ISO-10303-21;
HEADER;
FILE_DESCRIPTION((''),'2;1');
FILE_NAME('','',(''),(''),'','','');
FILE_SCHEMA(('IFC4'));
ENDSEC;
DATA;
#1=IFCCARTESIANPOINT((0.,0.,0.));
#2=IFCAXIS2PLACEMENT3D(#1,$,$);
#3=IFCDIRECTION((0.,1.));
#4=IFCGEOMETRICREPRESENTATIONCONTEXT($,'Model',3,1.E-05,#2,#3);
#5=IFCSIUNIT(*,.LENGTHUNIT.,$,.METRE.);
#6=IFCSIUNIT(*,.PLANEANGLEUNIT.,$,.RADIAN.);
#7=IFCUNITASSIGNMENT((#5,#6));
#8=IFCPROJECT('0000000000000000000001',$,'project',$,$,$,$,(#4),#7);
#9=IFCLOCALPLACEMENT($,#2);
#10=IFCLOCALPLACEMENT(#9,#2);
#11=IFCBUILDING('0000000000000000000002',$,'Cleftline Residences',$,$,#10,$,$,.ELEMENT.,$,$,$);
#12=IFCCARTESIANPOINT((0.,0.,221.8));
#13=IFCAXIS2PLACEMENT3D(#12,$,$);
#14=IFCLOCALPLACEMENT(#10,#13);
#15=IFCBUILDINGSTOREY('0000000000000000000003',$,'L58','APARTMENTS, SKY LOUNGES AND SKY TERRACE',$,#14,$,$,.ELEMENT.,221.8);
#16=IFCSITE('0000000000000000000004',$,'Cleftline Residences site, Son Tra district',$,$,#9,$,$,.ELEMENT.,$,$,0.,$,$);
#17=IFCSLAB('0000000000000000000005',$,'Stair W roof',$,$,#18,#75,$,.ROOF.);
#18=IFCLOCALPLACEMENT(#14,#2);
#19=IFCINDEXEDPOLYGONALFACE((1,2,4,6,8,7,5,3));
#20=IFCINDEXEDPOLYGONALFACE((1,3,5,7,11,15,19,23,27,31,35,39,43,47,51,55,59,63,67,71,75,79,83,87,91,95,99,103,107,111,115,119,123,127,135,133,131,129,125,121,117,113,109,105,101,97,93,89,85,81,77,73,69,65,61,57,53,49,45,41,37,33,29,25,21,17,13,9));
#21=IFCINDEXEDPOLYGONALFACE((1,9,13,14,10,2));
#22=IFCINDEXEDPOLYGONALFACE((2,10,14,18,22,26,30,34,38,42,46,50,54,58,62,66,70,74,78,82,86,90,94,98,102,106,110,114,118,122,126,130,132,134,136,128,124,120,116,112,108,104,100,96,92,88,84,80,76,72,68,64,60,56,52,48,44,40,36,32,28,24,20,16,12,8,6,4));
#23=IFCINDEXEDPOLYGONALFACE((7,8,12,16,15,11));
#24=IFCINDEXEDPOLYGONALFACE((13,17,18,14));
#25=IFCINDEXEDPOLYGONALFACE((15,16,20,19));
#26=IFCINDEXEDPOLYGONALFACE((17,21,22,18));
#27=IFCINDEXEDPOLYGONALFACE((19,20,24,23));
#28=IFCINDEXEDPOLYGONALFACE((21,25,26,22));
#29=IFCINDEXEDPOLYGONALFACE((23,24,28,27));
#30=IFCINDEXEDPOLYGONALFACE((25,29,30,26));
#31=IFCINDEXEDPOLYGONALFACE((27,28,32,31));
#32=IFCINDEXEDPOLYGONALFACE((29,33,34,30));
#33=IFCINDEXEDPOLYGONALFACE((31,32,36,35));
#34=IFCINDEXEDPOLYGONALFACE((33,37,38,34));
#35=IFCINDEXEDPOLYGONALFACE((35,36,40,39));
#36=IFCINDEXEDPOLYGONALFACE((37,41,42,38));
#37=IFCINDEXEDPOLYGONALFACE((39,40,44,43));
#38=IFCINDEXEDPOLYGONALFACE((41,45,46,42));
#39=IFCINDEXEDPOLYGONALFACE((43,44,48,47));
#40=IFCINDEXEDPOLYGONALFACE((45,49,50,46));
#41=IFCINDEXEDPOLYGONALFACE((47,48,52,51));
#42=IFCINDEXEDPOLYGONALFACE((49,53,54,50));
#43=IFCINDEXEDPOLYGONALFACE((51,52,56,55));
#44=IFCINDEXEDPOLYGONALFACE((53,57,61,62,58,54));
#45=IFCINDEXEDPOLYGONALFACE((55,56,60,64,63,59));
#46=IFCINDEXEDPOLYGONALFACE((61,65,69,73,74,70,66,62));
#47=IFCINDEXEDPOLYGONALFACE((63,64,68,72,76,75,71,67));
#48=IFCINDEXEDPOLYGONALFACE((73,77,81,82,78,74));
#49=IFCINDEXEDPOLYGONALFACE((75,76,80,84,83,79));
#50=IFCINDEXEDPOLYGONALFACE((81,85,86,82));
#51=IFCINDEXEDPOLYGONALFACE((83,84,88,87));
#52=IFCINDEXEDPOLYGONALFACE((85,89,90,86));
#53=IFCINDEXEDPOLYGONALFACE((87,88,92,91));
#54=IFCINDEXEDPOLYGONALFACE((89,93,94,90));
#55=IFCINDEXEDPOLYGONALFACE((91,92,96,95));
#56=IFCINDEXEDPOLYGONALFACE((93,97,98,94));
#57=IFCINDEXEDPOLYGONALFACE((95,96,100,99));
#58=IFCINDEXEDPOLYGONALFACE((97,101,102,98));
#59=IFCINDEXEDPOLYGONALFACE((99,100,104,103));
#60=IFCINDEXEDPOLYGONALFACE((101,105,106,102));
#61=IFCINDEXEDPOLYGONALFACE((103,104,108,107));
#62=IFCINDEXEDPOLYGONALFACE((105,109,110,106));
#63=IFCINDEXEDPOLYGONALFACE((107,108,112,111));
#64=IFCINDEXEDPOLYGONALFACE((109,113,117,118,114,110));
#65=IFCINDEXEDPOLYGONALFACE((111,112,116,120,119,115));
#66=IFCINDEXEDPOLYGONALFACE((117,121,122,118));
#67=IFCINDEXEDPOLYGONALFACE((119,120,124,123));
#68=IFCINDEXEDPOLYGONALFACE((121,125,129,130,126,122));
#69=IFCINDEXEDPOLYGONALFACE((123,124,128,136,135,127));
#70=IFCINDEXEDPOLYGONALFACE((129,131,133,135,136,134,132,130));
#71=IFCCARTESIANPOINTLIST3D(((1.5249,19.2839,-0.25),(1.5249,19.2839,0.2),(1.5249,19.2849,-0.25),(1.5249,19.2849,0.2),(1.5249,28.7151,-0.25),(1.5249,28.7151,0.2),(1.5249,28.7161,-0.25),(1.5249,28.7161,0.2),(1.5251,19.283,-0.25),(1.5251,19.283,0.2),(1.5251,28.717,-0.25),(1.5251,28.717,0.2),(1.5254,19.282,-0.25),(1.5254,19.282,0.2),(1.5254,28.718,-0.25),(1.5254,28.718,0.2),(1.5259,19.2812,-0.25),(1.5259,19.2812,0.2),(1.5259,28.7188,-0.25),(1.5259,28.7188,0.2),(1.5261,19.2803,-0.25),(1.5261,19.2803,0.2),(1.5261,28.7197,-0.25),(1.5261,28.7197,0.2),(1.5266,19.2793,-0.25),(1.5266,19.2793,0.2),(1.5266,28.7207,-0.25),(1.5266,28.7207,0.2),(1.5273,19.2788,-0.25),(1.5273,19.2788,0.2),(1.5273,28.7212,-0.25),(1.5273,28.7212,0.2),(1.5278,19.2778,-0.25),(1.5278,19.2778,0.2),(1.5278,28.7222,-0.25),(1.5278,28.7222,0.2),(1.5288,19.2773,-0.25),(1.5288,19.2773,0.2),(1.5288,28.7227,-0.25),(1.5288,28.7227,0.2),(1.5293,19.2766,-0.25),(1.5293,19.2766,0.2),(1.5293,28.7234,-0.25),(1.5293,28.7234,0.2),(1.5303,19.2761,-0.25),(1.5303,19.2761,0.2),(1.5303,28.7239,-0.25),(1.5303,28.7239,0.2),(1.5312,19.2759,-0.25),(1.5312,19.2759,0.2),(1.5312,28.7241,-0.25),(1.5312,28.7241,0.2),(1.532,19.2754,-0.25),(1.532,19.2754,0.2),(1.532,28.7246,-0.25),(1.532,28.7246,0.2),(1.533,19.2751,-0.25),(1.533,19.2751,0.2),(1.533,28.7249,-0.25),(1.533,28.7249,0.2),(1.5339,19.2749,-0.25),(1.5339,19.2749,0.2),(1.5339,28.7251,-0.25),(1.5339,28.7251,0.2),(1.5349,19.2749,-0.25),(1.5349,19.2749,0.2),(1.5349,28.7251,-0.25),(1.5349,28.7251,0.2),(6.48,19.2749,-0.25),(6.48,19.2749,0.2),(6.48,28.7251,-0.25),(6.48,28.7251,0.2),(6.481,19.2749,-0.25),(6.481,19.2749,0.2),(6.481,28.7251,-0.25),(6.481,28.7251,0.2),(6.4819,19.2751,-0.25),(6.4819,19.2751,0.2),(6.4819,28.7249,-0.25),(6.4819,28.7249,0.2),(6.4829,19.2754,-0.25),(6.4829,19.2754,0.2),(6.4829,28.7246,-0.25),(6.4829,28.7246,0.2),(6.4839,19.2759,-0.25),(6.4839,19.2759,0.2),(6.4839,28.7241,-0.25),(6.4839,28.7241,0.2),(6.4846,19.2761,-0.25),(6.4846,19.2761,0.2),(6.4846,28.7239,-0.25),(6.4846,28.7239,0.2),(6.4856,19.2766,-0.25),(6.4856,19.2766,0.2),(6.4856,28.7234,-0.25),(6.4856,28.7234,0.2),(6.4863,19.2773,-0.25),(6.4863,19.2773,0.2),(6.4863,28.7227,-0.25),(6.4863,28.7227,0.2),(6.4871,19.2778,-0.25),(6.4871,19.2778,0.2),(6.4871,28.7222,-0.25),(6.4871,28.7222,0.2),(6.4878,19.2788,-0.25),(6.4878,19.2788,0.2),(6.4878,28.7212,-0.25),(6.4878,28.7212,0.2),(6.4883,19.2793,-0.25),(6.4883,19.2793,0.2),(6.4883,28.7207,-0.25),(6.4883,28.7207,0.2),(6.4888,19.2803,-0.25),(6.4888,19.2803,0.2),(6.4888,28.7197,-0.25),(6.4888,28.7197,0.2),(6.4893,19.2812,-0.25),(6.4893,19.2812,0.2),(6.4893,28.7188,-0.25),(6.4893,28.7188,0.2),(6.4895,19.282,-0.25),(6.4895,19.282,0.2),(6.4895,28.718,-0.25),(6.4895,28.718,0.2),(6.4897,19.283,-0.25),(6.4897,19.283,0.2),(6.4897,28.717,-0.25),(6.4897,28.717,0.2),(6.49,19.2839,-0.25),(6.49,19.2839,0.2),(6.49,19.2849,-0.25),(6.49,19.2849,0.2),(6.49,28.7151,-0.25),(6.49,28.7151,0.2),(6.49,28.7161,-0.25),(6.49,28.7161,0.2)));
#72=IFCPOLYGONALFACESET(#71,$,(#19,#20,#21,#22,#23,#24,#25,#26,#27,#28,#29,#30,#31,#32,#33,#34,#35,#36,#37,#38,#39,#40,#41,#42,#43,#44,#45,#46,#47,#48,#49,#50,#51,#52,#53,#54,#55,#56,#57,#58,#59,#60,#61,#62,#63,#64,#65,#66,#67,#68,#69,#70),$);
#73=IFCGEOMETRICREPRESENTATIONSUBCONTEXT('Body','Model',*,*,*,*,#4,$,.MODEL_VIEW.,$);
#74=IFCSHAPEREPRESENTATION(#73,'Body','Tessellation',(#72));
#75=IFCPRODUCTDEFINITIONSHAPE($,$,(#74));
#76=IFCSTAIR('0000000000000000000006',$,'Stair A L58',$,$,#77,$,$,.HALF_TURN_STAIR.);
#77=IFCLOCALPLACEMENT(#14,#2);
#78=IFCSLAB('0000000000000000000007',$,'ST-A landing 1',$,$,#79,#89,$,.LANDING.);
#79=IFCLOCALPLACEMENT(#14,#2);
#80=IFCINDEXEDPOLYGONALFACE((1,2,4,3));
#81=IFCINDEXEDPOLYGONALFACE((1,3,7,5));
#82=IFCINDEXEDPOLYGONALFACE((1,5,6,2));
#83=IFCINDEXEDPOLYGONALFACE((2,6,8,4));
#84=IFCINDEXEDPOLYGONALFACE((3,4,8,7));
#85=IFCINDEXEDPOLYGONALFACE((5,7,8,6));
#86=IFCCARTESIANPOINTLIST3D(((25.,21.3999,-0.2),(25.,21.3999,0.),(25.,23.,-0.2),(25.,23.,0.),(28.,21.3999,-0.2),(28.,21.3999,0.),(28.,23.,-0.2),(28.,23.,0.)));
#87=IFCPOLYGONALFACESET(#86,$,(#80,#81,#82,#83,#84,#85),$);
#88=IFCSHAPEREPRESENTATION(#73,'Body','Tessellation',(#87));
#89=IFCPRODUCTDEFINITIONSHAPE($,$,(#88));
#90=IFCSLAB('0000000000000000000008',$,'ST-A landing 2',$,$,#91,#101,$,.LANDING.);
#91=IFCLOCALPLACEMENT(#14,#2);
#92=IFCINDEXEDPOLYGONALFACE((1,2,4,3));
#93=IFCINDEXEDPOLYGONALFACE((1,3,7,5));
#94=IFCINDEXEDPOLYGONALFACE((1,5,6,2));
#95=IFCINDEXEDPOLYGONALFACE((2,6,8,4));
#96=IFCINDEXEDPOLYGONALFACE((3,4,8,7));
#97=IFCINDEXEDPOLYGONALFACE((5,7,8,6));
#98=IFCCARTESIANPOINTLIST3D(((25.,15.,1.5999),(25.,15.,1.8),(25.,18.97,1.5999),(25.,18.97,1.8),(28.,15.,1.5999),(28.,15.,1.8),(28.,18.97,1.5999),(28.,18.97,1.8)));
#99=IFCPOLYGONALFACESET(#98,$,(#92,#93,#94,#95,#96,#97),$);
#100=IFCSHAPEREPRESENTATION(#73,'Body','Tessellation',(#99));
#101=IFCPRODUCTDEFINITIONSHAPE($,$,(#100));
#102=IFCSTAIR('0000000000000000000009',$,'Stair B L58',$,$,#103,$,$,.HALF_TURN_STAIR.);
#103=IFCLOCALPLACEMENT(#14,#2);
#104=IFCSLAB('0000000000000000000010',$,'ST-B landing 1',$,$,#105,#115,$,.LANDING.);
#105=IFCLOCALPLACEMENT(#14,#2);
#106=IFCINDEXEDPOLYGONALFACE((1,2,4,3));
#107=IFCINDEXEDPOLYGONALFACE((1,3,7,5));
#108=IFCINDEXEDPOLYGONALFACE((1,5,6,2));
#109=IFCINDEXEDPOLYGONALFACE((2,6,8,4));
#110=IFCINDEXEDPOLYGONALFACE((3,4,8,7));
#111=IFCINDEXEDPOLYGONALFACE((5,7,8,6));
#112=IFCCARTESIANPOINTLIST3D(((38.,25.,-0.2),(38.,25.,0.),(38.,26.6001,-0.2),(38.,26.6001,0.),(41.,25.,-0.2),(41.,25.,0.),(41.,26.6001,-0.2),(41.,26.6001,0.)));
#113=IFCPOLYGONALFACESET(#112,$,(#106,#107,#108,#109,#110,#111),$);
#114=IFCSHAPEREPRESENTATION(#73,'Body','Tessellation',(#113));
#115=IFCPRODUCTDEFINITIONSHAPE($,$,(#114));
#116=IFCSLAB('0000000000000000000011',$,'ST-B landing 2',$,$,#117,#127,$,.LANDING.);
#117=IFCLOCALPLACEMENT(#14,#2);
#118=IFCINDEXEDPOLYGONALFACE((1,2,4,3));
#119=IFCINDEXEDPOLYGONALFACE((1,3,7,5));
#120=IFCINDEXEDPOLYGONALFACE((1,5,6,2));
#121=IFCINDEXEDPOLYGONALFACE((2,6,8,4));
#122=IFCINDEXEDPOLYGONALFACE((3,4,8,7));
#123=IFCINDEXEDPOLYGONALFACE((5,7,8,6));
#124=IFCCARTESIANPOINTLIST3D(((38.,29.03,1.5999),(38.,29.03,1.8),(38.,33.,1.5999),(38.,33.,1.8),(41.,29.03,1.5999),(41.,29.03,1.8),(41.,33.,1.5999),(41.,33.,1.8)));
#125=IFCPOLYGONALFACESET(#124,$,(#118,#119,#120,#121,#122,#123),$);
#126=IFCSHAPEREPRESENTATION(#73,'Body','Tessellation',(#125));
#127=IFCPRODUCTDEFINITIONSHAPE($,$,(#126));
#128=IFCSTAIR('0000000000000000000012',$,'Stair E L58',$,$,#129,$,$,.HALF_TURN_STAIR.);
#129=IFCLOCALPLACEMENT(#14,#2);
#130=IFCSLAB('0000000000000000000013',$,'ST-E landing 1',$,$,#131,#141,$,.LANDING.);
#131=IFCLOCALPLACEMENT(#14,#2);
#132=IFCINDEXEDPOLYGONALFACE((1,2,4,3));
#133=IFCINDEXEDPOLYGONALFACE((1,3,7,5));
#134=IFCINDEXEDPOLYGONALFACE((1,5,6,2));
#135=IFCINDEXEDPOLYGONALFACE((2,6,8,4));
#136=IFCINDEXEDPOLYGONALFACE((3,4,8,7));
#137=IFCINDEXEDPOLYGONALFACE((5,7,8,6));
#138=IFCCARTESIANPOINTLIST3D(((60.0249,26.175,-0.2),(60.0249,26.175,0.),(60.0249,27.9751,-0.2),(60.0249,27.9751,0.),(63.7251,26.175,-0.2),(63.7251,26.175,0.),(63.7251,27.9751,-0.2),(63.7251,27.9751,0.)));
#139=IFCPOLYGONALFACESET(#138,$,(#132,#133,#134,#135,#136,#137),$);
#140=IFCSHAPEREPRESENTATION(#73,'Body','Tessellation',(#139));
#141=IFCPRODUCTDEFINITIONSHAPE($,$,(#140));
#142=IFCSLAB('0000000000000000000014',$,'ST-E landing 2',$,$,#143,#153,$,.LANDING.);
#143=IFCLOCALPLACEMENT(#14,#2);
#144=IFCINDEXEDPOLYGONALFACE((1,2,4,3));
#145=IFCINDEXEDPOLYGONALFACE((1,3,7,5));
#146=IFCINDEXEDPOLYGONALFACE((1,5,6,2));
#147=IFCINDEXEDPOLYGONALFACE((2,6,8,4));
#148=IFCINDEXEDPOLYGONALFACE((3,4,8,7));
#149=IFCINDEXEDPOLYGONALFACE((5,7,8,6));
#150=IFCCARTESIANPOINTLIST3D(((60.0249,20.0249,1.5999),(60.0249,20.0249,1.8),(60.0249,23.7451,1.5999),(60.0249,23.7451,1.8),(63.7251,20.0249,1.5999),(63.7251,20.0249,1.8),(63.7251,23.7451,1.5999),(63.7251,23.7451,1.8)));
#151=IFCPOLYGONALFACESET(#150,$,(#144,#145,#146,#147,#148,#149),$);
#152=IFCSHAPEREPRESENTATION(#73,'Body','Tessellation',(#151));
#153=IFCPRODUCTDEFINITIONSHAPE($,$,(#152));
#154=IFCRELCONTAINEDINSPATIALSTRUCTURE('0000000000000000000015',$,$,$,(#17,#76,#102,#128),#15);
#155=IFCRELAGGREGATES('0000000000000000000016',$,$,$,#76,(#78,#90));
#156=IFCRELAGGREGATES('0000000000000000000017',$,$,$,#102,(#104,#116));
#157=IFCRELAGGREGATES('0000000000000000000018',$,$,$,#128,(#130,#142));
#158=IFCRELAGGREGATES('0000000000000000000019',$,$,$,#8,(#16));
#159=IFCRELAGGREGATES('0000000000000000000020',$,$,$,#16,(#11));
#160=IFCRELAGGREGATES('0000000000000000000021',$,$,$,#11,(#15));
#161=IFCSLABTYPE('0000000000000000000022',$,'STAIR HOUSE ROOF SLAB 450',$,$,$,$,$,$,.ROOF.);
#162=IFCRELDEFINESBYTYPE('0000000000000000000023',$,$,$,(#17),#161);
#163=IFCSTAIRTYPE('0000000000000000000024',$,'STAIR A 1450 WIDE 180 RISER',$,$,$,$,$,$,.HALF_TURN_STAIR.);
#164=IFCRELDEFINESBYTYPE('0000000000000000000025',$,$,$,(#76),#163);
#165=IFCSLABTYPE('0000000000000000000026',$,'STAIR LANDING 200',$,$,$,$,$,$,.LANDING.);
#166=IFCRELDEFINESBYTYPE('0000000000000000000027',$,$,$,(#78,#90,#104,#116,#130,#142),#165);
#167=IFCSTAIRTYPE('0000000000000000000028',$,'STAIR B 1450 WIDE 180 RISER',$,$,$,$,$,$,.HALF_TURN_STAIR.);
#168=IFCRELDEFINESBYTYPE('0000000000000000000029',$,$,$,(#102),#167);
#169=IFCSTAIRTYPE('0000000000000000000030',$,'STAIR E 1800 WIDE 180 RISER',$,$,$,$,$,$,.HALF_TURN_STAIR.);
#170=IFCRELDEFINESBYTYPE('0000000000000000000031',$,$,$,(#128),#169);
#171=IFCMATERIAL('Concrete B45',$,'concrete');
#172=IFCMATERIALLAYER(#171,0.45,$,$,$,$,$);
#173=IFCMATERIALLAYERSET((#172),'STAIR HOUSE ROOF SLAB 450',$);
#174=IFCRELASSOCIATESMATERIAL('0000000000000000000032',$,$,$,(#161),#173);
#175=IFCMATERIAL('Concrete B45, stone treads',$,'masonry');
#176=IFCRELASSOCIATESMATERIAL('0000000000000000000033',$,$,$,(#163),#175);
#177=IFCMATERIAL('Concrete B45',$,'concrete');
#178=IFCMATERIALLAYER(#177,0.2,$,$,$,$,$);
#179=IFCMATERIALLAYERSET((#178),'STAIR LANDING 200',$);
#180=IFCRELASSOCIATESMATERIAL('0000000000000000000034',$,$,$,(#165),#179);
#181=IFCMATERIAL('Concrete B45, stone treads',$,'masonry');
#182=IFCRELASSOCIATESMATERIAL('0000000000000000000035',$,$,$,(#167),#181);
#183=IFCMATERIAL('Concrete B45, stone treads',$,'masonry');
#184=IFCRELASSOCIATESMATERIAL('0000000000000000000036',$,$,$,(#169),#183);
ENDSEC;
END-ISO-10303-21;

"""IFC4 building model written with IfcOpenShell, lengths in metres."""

from ifc_helpers import new_model, si_unit, direction, frame, origin, place, context, subcontext, project, spatial, polyline, outline, extrude, material, layer, layer_set, type_object, element, aggregate, save


model = new_model("IFC4")

# Units and contexts
model_context = context("Model", 3, precision=1e-05, world=origin(), true_north=direction((0.0, 1.0)))
body_context = subcontext(model_context, "Body", "Model", "MODEL_VIEW")
ifc_project = project(units=[si_unit("LENGTHUNIT", "METRE"), si_unit("PLANEANGLEUNIT", "RADIAN")], contexts=[model_context])

# Site, building, storey
site_placement = place(None, origin())
site = spatial("IfcSite", under=ifc_project, at=site_placement, Name="Cleftline Residences site, Son Tra district", CompositionType="ELEMENT", RefElevation=0.0)
building_placement = place(site_placement, origin())
building = spatial("IfcBuilding", under=site, at=building_placement, Name="Cleftline Residences", CompositionType="ELEMENT")
storey_placement = place(building_placement, frame((0.0, 0.0, 221.8)))
storey = spatial("IfcBuildingStorey", under=building, at=storey_placement, Name="L58", Description="APARTMENTS, SKY LOUNGES AND SKY TERRACE", CompositionType="ELEMENT", Elevation=221.8)

# Slab
ifc_material_1 = material(Name="Concrete B45", Category="concrete")
ifc_layer_1 = layer(ifc_material_1, 0.45)
ifc_layer_set_1 = layer_set([ifc_layer_1], Name="STAIR HOUSE ROOF SLAB 450")
slab_type_1 = type_object("IfcSlabType", Name="STAIR HOUSE ROOF SLAB 450", PredefinedType="ROOF", material=ifc_layer_set_1)
slab_1_placement = place(storey_placement, frame((0.0, 0.0, -0.25)))
element("IfcSlab", 1, at=slab_1_placement, inside=storey, type_object=slab_type_1, Name="Stair W roof", PredefinedType="ROOF", context=body_context, shape_type="SweptSolid", body=[
    extrude(outline(polyline([(6.48, 19.2749), (6.481, 19.2749), (6.4819, 19.2751), (6.4829, 19.2754), (6.4839, 19.2759), (6.4846, 19.2761), (6.4856, 19.2766), (6.4863, 19.2773), (6.4871, 19.2778), (6.4878, 19.2788), (6.4883, 19.2793), (6.4888, 19.2803), (6.4893, 19.2812), (6.4895, 19.282), (6.4897, 19.283), (6.49, 19.2839), (6.49, 19.2849), (6.49, 28.7151), (6.49, 28.7161), (6.4897, 28.717), (6.4895, 28.718), (6.4893, 28.7188), (6.4888, 28.7197), (6.4883, 28.7207), (6.4878, 28.7212), (6.4871, 28.7222), (6.4863, 28.7227), (6.4856, 28.7234), (6.4846, 28.7239), (6.4839, 28.7241), (6.4829, 28.7246), (6.4819, 28.7249), (6.481, 28.7251), (6.48, 28.7251), (1.5349, 28.7251), (1.5339, 28.7251), (1.533, 28.7249), (1.532, 28.7246), (1.5312, 28.7241), (1.5303, 28.7239), (1.5293, 28.7234), (1.5288, 28.7227), (1.5278, 28.7222), (1.5273, 28.7212), (1.5266, 28.7207), (1.5261, 28.7197), (1.5259, 28.7188), (1.5254, 28.718), (1.5251, 28.717), (1.5249, 28.7161), (1.5249, 28.7151), (1.5249, 19.2849), (1.5249, 19.2839), (1.5251, 19.283), (1.5254, 19.282), (1.5259, 19.2812), (1.5261, 19.2803), (1.5266, 19.2793), (1.5273, 19.2788), (1.5278, 19.2778), (1.5288, 19.2773), (1.5293, 19.2766), (1.5303, 19.2761), (1.5312, 19.2759), (1.532, 19.2754), (1.533, 19.2751), (1.5339, 19.2749), (1.5349, 19.2749), (6.48, 19.2749)])), origin(), (0.0, 0.0, 1.0), 0.45),
])

# Stairs, slabs
ifc_material_2 = material(Name="Concrete B45, stone treads", Category="masonry")
stair_type_1 = type_object("IfcStairType", Name="STAIR A 1450 WIDE 180 RISER", PredefinedType="HALF_TURN_STAIR", material=ifc_material_2)
stair_1_placement = place(storey_placement, origin())
stair_1 = element("IfcStair", 2, at=stair_1_placement, inside=storey, type_object=stair_type_1, Name="Stair A L58", PredefinedType="HALF_TURN_STAIR")
ifc_material_3 = material(Name="Concrete B45", Category="concrete")
ifc_layer_2 = layer(ifc_material_3, 0.2)
ifc_layer_set_2 = layer_set([ifc_layer_2], Name="STAIR LANDING 200")
slab_type_2 = type_object("IfcSlabType", Name="STAIR LANDING 200", PredefinedType="LANDING", material=ifc_layer_set_2)
slab_2_placement = place(storey_placement, frame((0.0, 0.0, -0.2)))
slab_2 = element("IfcSlab", 3, at=slab_2_placement, type_object=slab_type_2, Name="ST-A landing 1", PredefinedType="LANDING", context=body_context, shape_type="SweptSolid", body=[
    extrude(outline(polyline([(25.0, 21.3999), (28.0, 21.3999), (28.0, 23.0), (25.0, 23.0), (25.0, 21.3999)])), origin(), (0.0, 0.0, 1.0), 0.2),
])
slab_3_placement = place(storey_placement, frame((0.0, 0.0, 1.5999)))
slab_3 = element("IfcSlab", 4, at=slab_3_placement, type_object=slab_type_2, Name="ST-A landing 2", PredefinedType="LANDING", context=body_context, shape_type="SweptSolid", body=[
    extrude(outline(polyline([(25.0, 15.0), (28.0, 15.0), (28.0, 18.97), (25.0, 18.97), (25.0, 15.0)])), origin(), (0.0, 0.0, 1.0), 0.2002),
])
aggregate(stair_1, [slab_2, slab_3])
ifc_material_4 = material(Name="Concrete B45, stone treads", Category="masonry")
stair_type_2 = type_object("IfcStairType", Name="STAIR B 1450 WIDE 180 RISER", PredefinedType="HALF_TURN_STAIR", material=ifc_material_4)
stair_2_placement = place(storey_placement, origin())
stair_2 = element("IfcStair", 5, at=stair_2_placement, inside=storey, type_object=stair_type_2, Name="Stair B L58", PredefinedType="HALF_TURN_STAIR")
slab_4_placement = place(storey_placement, frame((0.0, 0.0, -0.2)))
slab_4 = element("IfcSlab", 6, at=slab_4_placement, type_object=slab_type_2, Name="ST-B landing 1", PredefinedType="LANDING", context=body_context, shape_type="SweptSolid", body=[
    extrude(outline(polyline([(38.0, 25.0), (41.0, 25.0), (41.0, 26.6001), (38.0, 26.6001), (38.0, 25.0)])), origin(), (0.0, 0.0, 1.0), 0.2),
])
slab_5_placement = place(storey_placement, frame((0.0, 0.0, 1.5999)))
slab_5 = element("IfcSlab", 7, at=slab_5_placement, type_object=slab_type_2, Name="ST-B landing 2", PredefinedType="LANDING", context=body_context, shape_type="SweptSolid", body=[
    extrude(outline(polyline([(38.0, 29.03), (41.0, 29.03), (41.0, 33.0), (38.0, 33.0), (38.0, 29.03)])), origin(), (0.0, 0.0, 1.0), 0.2002),
])
aggregate(stair_2, [slab_4, slab_5])
ifc_material_5 = material(Name="Concrete B45, stone treads", Category="masonry")
stair_type_3 = type_object("IfcStairType", Name="STAIR E 1800 WIDE 180 RISER", PredefinedType="HALF_TURN_STAIR", material=ifc_material_5)
stair_3_placement = place(storey_placement, origin())
stair_3 = element("IfcStair", 8, at=stair_3_placement, inside=storey, type_object=stair_type_3, Name="Stair E L58", PredefinedType="HALF_TURN_STAIR")
slab_6_placement = place(storey_placement, frame((0.0, 0.0, -0.2)))
slab_6 = element("IfcSlab", 9, at=slab_6_placement, type_object=slab_type_2, Name="ST-E landing 1", PredefinedType="LANDING", context=body_context, shape_type="SweptSolid", body=[
    extrude(outline(polyline([(60.0249, 26.175), (63.7251, 26.175), (63.7251, 27.9751), (60.0249, 27.9751), (60.0249, 26.175)])), origin(), (0.0, 0.0, 1.0), 0.2),
])
slab_7_placement = place(storey_placement, frame((0.0, 0.0, 1.5999)))
slab_7 = element("IfcSlab", 10, at=slab_7_placement, type_object=slab_type_2, Name="ST-E landing 2", PredefinedType="LANDING", context=body_context, shape_type="SweptSolid", body=[
    extrude(outline(polyline([(60.0249, 20.0249), (63.7251, 20.0249), (63.7251, 23.7451), (60.0249, 23.7451), (60.0249, 20.0249)])), origin(), (0.0, 0.0, 1.0), 0.2002),
])
aggregate(stair_3, [slab_6, slab_7])

save(model, "model.ifc")
